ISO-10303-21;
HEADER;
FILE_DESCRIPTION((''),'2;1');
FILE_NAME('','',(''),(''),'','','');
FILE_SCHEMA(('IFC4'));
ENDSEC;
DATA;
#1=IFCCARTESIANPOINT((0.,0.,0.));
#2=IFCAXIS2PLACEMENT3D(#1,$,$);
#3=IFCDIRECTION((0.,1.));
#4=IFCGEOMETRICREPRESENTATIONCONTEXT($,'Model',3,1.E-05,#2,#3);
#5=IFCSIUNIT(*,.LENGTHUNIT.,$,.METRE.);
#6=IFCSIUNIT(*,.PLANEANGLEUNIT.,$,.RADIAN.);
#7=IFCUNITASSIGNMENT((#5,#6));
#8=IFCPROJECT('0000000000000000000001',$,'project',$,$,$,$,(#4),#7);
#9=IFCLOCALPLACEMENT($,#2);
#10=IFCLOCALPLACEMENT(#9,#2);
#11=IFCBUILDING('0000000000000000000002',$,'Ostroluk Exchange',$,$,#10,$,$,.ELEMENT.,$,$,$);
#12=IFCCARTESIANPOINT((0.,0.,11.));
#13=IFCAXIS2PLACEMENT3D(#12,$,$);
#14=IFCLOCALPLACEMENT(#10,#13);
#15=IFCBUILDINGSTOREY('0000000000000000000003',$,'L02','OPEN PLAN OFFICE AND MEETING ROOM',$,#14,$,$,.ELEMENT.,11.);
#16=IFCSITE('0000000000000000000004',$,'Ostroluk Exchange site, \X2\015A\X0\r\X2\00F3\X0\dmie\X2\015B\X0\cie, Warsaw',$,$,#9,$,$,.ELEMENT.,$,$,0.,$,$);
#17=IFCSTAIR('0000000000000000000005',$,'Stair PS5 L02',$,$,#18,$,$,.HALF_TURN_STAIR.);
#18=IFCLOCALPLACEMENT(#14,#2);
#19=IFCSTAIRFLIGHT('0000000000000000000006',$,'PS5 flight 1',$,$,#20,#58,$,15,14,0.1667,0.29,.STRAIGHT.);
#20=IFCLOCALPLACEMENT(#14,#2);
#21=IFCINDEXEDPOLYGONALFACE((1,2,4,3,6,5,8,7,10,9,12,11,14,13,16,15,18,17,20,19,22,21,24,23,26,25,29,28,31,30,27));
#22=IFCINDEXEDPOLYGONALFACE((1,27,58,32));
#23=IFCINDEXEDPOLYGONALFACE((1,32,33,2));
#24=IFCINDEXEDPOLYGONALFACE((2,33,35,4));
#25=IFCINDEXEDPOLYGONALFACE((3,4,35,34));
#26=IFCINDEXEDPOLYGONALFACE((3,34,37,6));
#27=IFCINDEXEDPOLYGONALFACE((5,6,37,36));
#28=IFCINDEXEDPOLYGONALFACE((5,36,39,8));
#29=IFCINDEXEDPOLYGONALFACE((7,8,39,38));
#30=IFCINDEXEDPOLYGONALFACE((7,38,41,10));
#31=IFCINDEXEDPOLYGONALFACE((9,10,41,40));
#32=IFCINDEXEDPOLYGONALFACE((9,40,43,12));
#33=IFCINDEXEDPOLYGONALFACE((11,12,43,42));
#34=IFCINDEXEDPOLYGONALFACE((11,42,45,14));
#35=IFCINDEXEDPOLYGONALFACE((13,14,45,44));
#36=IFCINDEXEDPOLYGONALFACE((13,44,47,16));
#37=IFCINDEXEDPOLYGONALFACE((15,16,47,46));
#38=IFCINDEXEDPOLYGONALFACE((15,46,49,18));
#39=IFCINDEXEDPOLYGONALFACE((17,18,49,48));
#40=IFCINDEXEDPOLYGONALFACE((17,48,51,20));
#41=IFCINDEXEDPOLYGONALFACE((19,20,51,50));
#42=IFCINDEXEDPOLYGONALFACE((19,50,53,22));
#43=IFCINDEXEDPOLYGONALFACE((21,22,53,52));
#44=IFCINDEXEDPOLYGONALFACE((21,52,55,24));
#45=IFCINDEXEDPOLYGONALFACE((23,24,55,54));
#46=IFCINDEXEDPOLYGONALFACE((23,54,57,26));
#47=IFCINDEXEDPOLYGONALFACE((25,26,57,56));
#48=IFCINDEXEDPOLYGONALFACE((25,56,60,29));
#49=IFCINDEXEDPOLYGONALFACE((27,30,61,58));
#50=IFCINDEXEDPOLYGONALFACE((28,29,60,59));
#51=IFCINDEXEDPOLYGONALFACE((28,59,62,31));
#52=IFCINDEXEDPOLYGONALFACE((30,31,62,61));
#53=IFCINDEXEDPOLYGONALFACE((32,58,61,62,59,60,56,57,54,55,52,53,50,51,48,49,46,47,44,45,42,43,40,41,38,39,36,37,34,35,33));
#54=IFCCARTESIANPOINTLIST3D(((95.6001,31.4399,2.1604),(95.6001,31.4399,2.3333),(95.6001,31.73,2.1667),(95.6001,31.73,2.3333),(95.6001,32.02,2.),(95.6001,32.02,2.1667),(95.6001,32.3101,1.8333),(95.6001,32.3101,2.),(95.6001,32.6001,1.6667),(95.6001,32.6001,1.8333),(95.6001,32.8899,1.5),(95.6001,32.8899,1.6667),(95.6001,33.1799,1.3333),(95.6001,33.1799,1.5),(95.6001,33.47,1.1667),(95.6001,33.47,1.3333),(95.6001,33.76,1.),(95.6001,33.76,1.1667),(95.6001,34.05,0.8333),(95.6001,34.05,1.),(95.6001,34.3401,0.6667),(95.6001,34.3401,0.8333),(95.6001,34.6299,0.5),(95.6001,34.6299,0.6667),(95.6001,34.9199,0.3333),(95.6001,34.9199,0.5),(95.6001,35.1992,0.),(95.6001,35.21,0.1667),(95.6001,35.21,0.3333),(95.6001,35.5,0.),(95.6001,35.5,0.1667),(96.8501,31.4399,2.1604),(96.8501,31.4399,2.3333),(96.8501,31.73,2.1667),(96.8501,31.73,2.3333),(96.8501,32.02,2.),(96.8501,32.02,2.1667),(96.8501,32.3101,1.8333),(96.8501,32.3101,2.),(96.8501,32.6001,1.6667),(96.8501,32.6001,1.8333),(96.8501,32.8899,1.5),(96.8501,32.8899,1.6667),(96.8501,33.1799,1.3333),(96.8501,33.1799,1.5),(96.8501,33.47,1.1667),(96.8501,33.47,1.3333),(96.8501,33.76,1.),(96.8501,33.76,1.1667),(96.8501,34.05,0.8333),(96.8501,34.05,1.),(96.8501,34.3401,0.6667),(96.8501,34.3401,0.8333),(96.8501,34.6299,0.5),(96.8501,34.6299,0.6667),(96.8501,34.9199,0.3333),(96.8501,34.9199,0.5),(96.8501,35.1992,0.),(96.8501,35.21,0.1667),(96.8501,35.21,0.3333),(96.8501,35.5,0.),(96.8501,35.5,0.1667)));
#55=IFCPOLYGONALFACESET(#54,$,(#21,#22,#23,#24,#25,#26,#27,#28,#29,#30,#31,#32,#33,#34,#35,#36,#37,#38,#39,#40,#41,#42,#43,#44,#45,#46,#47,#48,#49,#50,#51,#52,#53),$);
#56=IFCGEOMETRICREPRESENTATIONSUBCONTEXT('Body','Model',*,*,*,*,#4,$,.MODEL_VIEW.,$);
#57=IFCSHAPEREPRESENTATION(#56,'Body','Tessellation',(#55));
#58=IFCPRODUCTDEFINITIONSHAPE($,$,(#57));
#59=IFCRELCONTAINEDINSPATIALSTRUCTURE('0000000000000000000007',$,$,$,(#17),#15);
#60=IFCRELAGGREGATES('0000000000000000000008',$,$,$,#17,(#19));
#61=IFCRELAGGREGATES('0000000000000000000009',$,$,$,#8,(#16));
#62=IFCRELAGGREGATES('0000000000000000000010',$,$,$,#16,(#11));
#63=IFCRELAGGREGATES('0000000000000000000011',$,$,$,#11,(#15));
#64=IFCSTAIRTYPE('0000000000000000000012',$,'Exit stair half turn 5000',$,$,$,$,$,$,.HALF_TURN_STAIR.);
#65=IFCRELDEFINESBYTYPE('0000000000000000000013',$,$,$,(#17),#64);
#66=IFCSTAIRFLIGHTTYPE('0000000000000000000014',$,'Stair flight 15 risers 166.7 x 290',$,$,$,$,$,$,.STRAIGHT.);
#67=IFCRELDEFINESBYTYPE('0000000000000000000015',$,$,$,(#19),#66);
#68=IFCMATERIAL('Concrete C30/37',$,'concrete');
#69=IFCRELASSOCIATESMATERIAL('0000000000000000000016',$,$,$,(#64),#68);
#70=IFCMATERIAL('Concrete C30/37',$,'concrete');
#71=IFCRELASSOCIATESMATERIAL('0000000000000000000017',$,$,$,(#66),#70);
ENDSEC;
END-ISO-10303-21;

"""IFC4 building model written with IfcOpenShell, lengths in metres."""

from ifc_helpers import new_model, si_unit, direction, frame, origin, place, context, subcontext, project, spatial, polyline, outline, extrude, material, type_object, element, aggregate, save


model = new_model("IFC4")

# Units and contexts
model_context = context("Model", 3, precision=1e-05, world=origin(), true_north=direction((0.0, 1.0)))
body_context = subcontext(model_context, "Body", "Model", "MODEL_VIEW")
ifc_project = project(units=[si_unit("LENGTHUNIT", "METRE"), si_unit("PLANEANGLEUNIT", "RADIAN")], contexts=[model_context])

# Site, building, storey
site_placement = place(None, origin())
site = spatial("IfcSite", under=ifc_project, at=site_placement, Name="Ostroluk Exchange site, Śródmieście, Warsaw", CompositionType="ELEMENT", RefElevation=0.0)
building_placement = place(site_placement, origin())
building = spatial("IfcBuilding", under=site, at=building_placement, Name="Ostroluk Exchange", CompositionType="ELEMENT")
storey_placement = place(building_placement, frame((0.0, 0.0, 11.0)))
storey = spatial("IfcBuildingStorey", under=building, at=storey_placement, Name="L02", Description="OPEN PLAN OFFICE AND MEETING ROOM", CompositionType="ELEMENT", Elevation=11.0)

# Stair, stair flight
ifc_material_1 = material(Name="Concrete C30/37", Category="concrete")
stair_type = type_object("IfcStairType", Name="Exit stair half turn 5000", PredefinedType="HALF_TURN_STAIR", material=ifc_material_1)
stair_placement = place(storey_placement, origin())
stair = element("IfcStair", 1, at=stair_placement, inside=storey, type_object=stair_type, Name="Stair PS5 L02", PredefinedType="HALF_TURN_STAIR")
ifc_material_2 = material(Name="Concrete C30/37", Category="concrete")
stair_flight_type = type_object("IfcStairFlightType", Name="Stair flight 15 risers 166.7 x 290", PredefinedType="STRAIGHT", material=ifc_material_2)
stair_flight_placement = place(storey_placement, frame((96.2251, 35.5, 0.0), z_axis=(0.0, 0.0, 1.0), x_axis=(0.0, -1.0, 0.0)))
stair_flight = element("IfcStairFlight", 2, at=stair_flight_placement, type_object=stair_flight_type, Name="PS5 flight 1", NumberOfRisers=15, NumberOfTreads=14, PredefinedType="STRAIGHT", RiserHeight=0.1667, TreadLength=0.29, context=body_context, shape_type="SweptSolid", body=[
    extrude(outline(polyline([(0.0, 0.0), (0.0, 0.1667), (0.29, 0.1667), (0.29, 0.3333), (0.5801, 0.3333), (0.5801, 0.5), (0.8701, 0.5), (0.8701, 0.6667), (1.1599, 0.6667), (1.1599, 0.8333), (1.45, 0.8333), (1.45, 1.0), (1.74, 1.0), (1.74, 1.1667), (2.03, 1.1667), (2.03, 1.3333), (2.3201, 1.3333), (2.3201, 1.5), (2.6101, 1.5), (2.6101, 1.6667), (2.8999, 1.6667), (2.8999, 1.8333), (3.1899, 1.8333), (3.1899, 2.0), (3.48, 2.0), (3.48, 2.1667), (3.77, 2.1667), (3.77, 2.3333), (4.0601, 2.3333), (4.0601, 2.5), (4.0601, 2.1604), (0.3008, 0.0), (0.0, 0.0)])), frame((0.0, 0.625, 0.0), z_axis=(0.0, -1.0, 0.0), x_axis=(1.0, 0.0, 0.0)), (0.0, 0.0, 1.0), 1.25),
])
aggregate(stair, [stair_flight])

save(model, "model.ifc")
